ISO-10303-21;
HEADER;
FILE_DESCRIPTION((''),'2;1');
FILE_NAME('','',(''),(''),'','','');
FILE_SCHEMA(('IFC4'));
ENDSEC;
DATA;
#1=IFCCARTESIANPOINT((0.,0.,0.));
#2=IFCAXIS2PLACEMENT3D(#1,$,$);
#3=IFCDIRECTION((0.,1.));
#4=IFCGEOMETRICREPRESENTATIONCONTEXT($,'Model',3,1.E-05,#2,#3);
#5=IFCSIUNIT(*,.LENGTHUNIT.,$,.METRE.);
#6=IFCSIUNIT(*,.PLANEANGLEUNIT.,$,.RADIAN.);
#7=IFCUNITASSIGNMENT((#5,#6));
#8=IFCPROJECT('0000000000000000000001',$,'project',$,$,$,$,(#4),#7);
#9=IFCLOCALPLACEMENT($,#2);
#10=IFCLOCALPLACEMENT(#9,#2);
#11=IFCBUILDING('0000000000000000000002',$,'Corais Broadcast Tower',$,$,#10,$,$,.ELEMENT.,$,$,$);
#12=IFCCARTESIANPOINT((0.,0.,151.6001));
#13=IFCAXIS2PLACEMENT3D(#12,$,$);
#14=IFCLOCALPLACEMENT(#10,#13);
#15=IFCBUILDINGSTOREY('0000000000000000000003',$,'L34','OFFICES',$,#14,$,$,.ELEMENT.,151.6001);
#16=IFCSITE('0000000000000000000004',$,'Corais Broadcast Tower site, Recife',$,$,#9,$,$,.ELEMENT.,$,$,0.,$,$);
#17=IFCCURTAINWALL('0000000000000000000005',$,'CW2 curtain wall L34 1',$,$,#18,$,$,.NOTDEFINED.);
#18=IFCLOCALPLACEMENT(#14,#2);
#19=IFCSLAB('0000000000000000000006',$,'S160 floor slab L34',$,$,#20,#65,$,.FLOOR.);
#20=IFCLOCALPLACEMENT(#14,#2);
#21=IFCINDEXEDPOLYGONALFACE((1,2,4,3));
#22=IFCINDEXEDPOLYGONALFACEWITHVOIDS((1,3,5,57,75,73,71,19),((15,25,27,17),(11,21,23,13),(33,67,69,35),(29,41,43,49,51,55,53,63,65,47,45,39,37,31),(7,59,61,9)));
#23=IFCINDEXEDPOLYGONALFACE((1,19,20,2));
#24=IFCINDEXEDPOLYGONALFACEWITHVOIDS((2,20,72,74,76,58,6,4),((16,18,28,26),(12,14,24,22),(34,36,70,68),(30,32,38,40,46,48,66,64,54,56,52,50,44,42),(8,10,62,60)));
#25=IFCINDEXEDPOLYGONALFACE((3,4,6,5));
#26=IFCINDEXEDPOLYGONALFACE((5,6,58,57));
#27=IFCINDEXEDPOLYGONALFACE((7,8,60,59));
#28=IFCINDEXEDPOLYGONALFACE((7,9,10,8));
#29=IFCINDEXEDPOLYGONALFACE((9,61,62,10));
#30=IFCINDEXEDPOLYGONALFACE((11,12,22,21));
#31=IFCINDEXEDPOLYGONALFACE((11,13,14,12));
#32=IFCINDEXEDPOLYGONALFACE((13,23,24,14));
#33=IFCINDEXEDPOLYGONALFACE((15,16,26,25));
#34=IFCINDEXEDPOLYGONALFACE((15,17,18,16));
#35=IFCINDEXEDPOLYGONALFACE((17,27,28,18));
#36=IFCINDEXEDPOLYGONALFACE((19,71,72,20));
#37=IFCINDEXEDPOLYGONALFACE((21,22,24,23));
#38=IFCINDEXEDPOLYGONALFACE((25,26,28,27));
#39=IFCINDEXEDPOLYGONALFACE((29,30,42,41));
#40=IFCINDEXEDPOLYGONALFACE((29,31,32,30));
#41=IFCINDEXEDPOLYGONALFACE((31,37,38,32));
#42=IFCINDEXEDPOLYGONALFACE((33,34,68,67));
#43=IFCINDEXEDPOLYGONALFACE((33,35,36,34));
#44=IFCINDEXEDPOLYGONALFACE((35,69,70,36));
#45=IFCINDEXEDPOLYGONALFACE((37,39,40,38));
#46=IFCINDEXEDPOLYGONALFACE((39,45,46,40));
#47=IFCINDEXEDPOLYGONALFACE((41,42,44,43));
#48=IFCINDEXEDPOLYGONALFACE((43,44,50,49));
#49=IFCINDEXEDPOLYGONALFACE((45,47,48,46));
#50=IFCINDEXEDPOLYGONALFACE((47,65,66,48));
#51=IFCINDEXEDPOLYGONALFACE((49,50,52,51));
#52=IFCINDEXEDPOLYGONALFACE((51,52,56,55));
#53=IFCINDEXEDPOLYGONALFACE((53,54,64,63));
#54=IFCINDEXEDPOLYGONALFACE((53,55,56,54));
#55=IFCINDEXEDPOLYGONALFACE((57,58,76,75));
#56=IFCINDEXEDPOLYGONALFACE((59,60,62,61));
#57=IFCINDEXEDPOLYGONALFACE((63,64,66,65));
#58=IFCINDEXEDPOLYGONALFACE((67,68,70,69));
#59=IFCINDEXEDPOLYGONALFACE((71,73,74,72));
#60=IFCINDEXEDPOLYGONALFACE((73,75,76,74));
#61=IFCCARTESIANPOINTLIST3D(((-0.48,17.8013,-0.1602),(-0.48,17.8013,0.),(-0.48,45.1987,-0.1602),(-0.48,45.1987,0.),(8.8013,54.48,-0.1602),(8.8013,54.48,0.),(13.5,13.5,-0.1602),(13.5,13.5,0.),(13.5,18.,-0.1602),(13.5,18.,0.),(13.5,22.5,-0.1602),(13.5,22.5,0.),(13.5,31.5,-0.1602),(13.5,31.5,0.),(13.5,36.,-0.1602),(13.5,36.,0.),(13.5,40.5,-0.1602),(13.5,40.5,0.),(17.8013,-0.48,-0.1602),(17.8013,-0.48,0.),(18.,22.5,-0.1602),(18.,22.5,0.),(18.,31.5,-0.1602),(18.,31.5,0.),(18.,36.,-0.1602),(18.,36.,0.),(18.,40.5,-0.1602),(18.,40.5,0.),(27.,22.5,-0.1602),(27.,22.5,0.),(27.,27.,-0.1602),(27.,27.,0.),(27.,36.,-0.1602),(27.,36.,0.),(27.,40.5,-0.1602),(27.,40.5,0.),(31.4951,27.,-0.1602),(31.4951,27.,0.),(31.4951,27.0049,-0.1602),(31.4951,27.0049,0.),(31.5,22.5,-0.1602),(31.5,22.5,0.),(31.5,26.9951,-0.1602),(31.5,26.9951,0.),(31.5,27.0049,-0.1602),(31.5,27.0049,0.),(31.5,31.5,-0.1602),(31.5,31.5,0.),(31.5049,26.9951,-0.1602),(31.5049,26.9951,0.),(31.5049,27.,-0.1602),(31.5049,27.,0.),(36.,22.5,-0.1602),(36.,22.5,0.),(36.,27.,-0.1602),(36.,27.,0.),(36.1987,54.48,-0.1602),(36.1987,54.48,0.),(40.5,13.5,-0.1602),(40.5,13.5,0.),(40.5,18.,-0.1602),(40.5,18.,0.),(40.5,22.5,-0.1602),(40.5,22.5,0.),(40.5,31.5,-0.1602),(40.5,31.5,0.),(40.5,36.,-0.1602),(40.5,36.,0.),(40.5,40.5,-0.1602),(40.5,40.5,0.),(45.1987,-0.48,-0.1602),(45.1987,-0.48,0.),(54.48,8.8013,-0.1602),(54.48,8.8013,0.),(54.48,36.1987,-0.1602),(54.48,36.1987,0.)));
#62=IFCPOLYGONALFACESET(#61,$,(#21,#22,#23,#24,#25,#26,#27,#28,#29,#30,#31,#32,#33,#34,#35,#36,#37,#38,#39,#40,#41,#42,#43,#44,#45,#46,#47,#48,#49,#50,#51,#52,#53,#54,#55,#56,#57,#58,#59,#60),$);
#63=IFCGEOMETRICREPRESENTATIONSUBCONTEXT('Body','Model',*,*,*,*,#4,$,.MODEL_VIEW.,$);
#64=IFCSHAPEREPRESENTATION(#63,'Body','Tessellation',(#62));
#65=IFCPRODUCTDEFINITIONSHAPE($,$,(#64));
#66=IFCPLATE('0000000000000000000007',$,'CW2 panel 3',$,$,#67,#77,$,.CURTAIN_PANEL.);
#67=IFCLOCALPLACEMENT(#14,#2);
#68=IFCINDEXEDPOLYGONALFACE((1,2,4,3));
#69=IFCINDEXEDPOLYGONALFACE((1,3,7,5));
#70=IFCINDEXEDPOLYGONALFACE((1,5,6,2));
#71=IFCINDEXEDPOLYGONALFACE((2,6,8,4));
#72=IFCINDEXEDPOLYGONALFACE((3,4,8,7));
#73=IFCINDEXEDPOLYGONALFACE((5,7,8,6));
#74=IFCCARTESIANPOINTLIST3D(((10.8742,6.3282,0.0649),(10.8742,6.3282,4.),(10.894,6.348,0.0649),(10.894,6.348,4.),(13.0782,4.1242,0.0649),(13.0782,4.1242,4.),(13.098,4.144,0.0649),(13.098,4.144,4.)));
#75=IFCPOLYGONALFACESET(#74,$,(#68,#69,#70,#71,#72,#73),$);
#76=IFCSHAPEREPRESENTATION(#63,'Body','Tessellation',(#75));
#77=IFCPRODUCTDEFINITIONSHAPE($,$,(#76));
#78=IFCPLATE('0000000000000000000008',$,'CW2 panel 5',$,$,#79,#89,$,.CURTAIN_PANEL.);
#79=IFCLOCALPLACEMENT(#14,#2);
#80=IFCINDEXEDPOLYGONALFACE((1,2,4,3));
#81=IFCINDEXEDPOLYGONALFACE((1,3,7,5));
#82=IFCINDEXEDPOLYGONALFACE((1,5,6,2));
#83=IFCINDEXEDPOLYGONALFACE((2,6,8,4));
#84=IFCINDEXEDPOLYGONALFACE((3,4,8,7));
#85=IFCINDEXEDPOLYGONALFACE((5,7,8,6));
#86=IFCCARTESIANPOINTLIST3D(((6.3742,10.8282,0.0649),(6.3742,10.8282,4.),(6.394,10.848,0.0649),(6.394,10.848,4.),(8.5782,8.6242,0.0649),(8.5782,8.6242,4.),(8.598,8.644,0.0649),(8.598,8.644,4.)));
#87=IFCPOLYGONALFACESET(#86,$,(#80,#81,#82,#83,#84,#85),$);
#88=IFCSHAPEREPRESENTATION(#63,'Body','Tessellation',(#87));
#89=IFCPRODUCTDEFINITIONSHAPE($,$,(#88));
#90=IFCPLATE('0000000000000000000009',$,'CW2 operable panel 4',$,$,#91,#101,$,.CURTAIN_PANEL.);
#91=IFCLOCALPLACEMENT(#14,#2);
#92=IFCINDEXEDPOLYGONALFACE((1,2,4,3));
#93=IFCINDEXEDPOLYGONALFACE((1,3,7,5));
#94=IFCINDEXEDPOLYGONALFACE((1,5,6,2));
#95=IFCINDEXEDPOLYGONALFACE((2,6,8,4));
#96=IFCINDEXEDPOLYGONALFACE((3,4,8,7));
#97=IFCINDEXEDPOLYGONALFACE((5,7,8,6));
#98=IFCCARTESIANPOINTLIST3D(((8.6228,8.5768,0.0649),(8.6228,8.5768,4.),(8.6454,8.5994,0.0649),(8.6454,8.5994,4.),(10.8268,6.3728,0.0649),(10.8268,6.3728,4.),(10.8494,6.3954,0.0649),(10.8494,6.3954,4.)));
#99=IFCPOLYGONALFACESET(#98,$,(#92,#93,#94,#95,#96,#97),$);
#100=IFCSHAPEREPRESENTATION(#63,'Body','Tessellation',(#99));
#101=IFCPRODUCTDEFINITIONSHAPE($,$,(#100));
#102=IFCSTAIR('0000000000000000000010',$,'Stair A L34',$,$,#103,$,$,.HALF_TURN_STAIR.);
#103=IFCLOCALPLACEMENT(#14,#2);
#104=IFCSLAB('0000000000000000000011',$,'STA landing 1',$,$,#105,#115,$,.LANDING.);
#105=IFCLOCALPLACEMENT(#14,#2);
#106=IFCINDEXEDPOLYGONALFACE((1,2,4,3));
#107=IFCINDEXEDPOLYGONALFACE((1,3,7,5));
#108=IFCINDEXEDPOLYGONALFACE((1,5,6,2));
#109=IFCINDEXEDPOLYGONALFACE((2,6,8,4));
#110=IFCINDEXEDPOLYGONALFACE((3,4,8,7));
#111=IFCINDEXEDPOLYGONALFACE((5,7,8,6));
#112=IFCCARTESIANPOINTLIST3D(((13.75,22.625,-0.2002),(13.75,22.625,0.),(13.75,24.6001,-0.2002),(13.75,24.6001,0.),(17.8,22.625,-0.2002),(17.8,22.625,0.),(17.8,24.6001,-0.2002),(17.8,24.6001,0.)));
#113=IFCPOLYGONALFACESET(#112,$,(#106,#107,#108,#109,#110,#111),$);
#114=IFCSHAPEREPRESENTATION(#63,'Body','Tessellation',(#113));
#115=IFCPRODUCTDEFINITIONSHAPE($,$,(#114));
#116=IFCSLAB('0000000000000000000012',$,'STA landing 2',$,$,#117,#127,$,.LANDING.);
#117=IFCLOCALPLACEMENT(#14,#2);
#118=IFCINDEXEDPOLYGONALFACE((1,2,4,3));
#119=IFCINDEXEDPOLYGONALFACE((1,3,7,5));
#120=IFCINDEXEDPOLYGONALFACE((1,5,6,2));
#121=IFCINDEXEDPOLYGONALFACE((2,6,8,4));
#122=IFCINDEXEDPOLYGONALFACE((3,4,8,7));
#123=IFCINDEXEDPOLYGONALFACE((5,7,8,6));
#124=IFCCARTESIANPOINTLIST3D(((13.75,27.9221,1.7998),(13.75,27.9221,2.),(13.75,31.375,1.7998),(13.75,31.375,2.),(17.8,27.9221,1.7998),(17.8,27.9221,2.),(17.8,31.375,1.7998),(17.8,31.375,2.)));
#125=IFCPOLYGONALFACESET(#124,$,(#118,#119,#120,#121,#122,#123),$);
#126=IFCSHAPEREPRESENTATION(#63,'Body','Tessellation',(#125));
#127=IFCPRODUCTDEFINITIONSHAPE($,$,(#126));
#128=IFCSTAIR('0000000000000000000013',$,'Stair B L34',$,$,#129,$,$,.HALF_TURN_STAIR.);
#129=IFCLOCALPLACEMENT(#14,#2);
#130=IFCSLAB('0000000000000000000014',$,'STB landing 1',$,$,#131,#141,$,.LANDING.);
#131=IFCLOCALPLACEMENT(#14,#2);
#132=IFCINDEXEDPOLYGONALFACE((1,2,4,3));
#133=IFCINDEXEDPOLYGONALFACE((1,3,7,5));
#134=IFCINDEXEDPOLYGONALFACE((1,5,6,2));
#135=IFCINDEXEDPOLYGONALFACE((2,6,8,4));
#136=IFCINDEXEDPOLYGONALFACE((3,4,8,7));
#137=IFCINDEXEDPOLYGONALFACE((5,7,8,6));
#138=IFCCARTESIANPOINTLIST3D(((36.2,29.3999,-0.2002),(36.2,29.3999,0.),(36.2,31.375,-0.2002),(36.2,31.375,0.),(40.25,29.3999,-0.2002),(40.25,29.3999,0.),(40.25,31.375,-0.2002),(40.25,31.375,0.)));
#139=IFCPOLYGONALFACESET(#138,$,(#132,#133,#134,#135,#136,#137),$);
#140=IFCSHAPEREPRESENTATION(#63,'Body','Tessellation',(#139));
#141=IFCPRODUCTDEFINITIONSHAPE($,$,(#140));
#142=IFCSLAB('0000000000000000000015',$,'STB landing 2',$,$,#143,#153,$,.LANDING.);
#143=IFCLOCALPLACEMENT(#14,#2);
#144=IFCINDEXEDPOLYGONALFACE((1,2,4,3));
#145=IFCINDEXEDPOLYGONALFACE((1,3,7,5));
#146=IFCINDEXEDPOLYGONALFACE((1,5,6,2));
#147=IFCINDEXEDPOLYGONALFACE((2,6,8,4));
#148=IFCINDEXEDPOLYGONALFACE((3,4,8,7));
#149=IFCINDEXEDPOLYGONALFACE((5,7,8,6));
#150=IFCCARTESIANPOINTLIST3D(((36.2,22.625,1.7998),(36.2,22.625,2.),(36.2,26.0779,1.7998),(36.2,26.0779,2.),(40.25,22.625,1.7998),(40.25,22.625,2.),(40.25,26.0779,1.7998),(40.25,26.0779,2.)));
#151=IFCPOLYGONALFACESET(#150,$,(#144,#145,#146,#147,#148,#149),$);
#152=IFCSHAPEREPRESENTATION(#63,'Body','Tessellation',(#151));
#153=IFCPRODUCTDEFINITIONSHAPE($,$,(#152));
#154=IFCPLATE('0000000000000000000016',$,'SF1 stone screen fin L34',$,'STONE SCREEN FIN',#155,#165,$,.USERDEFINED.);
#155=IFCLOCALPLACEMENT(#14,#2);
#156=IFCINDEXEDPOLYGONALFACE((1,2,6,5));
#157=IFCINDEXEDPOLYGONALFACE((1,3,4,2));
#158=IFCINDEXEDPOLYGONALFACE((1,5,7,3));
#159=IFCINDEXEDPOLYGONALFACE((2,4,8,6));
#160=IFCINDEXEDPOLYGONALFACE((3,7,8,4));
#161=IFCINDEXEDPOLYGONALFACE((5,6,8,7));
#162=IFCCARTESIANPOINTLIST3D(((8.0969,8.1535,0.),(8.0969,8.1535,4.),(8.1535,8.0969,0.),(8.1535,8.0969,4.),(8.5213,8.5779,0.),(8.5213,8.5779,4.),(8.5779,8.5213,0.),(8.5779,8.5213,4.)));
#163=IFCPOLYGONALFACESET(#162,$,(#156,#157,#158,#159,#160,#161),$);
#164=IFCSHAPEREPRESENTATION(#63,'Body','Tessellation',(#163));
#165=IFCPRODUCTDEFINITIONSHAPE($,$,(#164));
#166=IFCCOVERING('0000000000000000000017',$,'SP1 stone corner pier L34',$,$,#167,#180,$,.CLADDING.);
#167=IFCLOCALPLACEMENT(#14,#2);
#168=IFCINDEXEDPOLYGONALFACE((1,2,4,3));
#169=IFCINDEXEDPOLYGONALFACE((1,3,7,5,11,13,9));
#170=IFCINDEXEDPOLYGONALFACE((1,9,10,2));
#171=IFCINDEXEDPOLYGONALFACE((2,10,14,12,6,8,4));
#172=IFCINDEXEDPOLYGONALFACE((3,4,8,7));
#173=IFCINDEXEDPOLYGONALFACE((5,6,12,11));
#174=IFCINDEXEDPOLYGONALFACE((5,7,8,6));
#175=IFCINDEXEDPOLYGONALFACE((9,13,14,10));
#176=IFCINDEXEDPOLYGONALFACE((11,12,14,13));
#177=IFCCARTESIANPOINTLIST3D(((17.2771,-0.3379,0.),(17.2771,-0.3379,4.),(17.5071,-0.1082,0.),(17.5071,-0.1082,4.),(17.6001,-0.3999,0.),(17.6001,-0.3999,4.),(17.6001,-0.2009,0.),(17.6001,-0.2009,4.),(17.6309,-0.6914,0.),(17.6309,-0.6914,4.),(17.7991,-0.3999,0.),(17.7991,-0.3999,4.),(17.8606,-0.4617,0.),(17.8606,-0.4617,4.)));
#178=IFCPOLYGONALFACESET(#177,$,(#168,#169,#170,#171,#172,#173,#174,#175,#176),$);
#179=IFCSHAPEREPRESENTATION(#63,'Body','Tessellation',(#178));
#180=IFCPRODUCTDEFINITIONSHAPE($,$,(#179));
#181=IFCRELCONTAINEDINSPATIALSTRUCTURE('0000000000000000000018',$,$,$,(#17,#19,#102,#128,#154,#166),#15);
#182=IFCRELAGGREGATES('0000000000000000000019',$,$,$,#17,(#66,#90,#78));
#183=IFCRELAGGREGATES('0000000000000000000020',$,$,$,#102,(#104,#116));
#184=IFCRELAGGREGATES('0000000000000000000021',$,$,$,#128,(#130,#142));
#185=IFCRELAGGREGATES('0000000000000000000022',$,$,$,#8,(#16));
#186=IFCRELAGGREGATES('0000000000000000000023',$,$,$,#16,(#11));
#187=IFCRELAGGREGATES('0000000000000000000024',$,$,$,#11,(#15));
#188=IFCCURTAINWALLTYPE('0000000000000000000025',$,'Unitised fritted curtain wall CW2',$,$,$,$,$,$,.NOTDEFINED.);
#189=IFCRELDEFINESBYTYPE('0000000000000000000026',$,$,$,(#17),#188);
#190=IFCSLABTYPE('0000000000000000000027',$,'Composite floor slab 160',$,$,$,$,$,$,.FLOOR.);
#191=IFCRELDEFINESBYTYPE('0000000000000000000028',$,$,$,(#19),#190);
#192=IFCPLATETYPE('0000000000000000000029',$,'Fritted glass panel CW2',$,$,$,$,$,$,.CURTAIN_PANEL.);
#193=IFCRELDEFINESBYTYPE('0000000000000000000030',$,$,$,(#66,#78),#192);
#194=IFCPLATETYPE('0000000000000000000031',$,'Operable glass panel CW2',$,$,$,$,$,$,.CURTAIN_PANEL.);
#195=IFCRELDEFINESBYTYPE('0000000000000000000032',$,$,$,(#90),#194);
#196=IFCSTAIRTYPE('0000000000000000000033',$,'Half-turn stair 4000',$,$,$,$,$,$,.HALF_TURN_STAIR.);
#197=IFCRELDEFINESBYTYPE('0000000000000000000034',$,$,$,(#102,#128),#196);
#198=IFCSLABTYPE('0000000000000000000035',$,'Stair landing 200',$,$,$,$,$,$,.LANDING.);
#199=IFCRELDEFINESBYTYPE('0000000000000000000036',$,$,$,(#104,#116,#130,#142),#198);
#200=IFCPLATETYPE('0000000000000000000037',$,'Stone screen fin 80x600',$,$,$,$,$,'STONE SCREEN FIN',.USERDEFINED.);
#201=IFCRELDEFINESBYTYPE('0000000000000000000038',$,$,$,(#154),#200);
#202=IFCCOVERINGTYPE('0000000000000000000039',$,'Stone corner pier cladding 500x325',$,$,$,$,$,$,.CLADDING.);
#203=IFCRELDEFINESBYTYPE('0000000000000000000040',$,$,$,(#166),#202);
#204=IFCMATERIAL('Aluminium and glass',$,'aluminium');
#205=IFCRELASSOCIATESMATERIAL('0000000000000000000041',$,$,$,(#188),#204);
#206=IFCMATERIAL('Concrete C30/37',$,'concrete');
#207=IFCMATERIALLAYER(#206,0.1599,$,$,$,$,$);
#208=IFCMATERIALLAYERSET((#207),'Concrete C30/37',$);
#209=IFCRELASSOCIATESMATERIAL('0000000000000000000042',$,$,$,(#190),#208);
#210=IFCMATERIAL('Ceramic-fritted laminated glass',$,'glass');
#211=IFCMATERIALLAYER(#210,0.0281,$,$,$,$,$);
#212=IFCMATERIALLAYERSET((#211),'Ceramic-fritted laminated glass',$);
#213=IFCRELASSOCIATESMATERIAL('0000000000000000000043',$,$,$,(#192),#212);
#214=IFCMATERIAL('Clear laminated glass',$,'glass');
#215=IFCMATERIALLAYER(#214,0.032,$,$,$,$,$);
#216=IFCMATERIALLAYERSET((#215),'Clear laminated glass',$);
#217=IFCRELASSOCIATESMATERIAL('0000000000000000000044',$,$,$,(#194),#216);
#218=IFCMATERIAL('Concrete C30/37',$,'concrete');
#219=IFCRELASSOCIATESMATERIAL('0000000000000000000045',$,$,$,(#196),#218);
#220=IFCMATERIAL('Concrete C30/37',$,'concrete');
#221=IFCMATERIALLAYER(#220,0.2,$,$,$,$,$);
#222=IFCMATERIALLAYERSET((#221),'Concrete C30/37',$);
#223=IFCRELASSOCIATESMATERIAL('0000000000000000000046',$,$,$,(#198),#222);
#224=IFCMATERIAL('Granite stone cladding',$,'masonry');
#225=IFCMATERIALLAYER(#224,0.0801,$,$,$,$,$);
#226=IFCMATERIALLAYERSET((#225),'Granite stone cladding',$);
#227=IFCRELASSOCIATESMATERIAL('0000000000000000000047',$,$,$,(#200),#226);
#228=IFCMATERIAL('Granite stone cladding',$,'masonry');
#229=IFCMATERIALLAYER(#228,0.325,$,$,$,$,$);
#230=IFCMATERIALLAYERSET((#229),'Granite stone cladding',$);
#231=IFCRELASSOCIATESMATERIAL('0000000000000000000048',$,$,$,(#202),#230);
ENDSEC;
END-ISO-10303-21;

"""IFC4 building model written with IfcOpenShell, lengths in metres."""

from ifc_helpers import new_model, si_unit, direction, frame, origin, origin_2d, place, context, subcontext, project, spatial, polyline, rectangle, outline, extrude, material, layer, layer_set, type_object, element, aggregate, save


model = new_model("IFC4")

# Units and contexts
model_context = context("Model", 3, precision=1e-05, world=origin(), true_north=direction((0.0, 1.0)))
body_context = subcontext(model_context, "Body", "Model", "MODEL_VIEW")
ifc_project = project(units=[si_unit("LENGTHUNIT", "METRE"), si_unit("PLANEANGLEUNIT", "RADIAN")], contexts=[model_context])

# Site, building, storey
site_placement = place(None, origin())
site = spatial("IfcSite", under=ifc_project, at=site_placement, Name="Corais Broadcast Tower site, Recife", CompositionType="ELEMENT", RefElevation=0.0)
building_placement = place(site_placement, origin())
building = spatial("IfcBuilding", under=site, at=building_placement, Name="Corais Broadcast Tower", CompositionType="ELEMENT")
storey_placement = place(building_placement, frame((0.0, 0.0, 151.6001)))
storey = spatial("IfcBuildingStorey", under=building, at=storey_placement, Name="L34", Description="OFFICES", CompositionType="ELEMENT", Elevation=151.6001)

# Curtain wall
ifc_material_1 = material(Name="Aluminium and glass", Category="aluminium")
curtain_wall_type = type_object("IfcCurtainWallType", Name="Unitised fritted curtain wall CW2", PredefinedType="NOTDEFINED", material=ifc_material_1)
curtain_wall_placement = place(storey_placement, origin())
curtain_wall = element("IfcCurtainWall", 1, at=curtain_wall_placement, inside=storey, type_object=curtain_wall_type, Name="CW2 curtain wall L34 1", PredefinedType="NOTDEFINED")

# Slab
ifc_material_2 = material(Name="Concrete C30/37", Category="concrete")
ifc_layer_1 = layer(ifc_material_2, 0.1599)
ifc_layer_set_1 = layer_set([ifc_layer_1], Name="Concrete C30/37")
slab_type_1 = type_object("IfcSlabType", Name="Composite floor slab 160", PredefinedType="FLOOR", material=ifc_layer_set_1)
slab_1_placement = place(storey_placement, frame((0.0, 0.0, -0.1602)))
element("IfcSlab", 2, at=slab_1_placement, inside=storey, type_object=slab_type_1, Name="S160 floor slab L34", PredefinedType="FLOOR", context=body_context, shape_type="SweptSolid", body=[
    extrude(outline(polyline([(17.8013, -0.48), (-0.48, 17.8013), (-0.48, 45.1987), (8.8013, 54.48), (36.1987, 54.48), (54.48, 36.1987), (54.48, 8.8013), (45.1987, -0.48), (17.8013, -0.48)]), holes=[polyline([(13.5, 18.0), (40.5, 18.0), (40.5, 13.5), (13.5, 13.5), (13.5, 18.0)]), polyline([(18.0, 22.5), (13.5, 22.5), (13.5, 31.5), (18.0, 31.5), (18.0, 22.5)]), polyline([(18.0, 36.0), (13.5, 36.0), (13.5, 40.5), (18.0, 40.5), (18.0, 36.0)]), polyline([(31.5, 22.5), (27.0, 22.5), (27.0, 27.0), (31.4951, 27.0), (31.4951, 27.0049), (31.5, 27.0049), (31.5, 31.5), (40.5, 31.5), (40.5, 22.5), (36.0, 22.5), (36.0, 27.0), (31.5049, 27.0), (31.5049, 26.9951), (31.5, 26.9951), (31.5, 22.5)]), polyline([(27.0, 40.5), (40.5, 40.5), (40.5, 36.0), (27.0, 36.0), (27.0, 40.5)])]), origin(), (0.0, 0.0, 1.0), 0.1602),
])

# Plates
ifc_material_3 = material(Name="Ceramic-fritted laminated glass", Category="glass")
ifc_layer_2 = layer(ifc_material_3, 0.0281)
ifc_layer_set_2 = layer_set([ifc_layer_2], Name="Ceramic-fritted laminated glass")
plate_type_1 = type_object("IfcPlateType", Name="Fritted glass panel CW2", PredefinedType="CURTAIN_PANEL", material=ifc_layer_set_2)
plate_1_placement = place(storey_placement, frame((11.9861, 5.2361, 0.0649), z_axis=(0.0, 0.0, 1.0), x_axis=(-0.707107, 0.707107, 0.0)))
plate_1 = element("IfcPlate", 3, at=plate_1_placement, type_object=plate_type_1, Name="CW2 panel 3", PredefinedType="CURTAIN_PANEL", context=body_context, shape_type="SweptSolid", body=[
    extrude(rectangle(XDim=3.1169, YDim=0.0281, at=origin_2d()), origin(), (0.0, 0.0, 1.0), 3.9351),
])
plate_2_placement = place(storey_placement, frame((7.4861, 9.7361, 0.0649), z_axis=(0.0, 0.0, 1.0), x_axis=(-0.707107, 0.707107, 0.0)))
plate_2 = element("IfcPlate", 4, at=plate_2_placement, type_object=plate_type_1, Name="CW2 panel 5", PredefinedType="CURTAIN_PANEL", context=body_context, shape_type="SweptSolid", body=[
    extrude(rectangle(XDim=3.1169, YDim=0.0281, at=origin_2d()), origin(), (0.0, 0.0, 1.0), 3.9351),
])
ifc_material_4 = material(Name="Clear laminated glass", Category="glass")
ifc_layer_3 = layer(ifc_material_4, 0.032)
ifc_layer_set_3 = layer_set([ifc_layer_3], Name="Clear laminated glass")
plate_type_2 = type_object("IfcPlateType", Name="Operable glass panel CW2", PredefinedType="CURTAIN_PANEL", material=ifc_layer_set_3)
plate_3_placement = place(storey_placement, frame((9.7361, 7.4861, 0.0649), z_axis=(0.0, 0.0, 1.0), x_axis=(-0.707107, 0.707107, 0.0)))
plate_3 = element("IfcPlate", 5, at=plate_3_placement, type_object=plate_type_2, Name="CW2 operable panel 4", PredefinedType="CURTAIN_PANEL", context=body_context, shape_type="SweptSolid", body=[
    extrude(rectangle(XDim=3.1169, YDim=0.032, at=origin_2d()), origin(), (0.0, 0.0, 1.0), 3.9351),
])
aggregate(curtain_wall, [plate_1, plate_3, plate_2])

# Stairs, slabs
ifc_material_5 = material(Name="Concrete C30/37", Category="concrete")
stair_type = type_object("IfcStairType", Name="Half-turn stair 4000", PredefinedType="HALF_TURN_STAIR", material=ifc_material_5)
stair_1_placement = place(storey_placement, origin())
stair_1 = element("IfcStair", 6, at=stair_1_placement, inside=storey, type_object=stair_type, Name="Stair A L34", PredefinedType="HALF_TURN_STAIR")
ifc_material_6 = material(Name="Concrete C30/37", Category="concrete")
ifc_layer_4 = layer(ifc_material_6, 0.2)
ifc_layer_set_4 = layer_set([ifc_layer_4], Name="Concrete C30/37")
slab_type_2 = type_object("IfcSlabType", Name="Stair landing 200", PredefinedType="LANDING", material=ifc_layer_set_4)
slab_2_placement = place(storey_placement, frame((0.0, 0.0, -0.2002)))
slab_2 = element("IfcSlab", 7, at=slab_2_placement, type_object=slab_type_2, Name="STA landing 1", PredefinedType="LANDING", context=body_context, shape_type="SweptSolid", body=[
    extrude(outline(polyline([(13.75, 22.625), (17.8, 22.625), (17.8, 24.6001), (13.75, 24.6001), (13.75, 22.625)])), origin(), (0.0, 0.0, 1.0), 0.2002),
])
slab_3_placement = place(storey_placement, frame((0.0, 0.0, 1.7998)))
slab_3 = element("IfcSlab", 8, at=slab_3_placement, type_object=slab_type_2, Name="STA landing 2", PredefinedType="LANDING", context=body_context, shape_type="SweptSolid", body=[
    extrude(outline(polyline([(13.75, 27.9221), (17.8, 27.9221), (17.8, 31.375), (13.75, 31.375), (13.75, 27.9221)])), origin(), (0.0, 0.0, 1.0), 0.2002),
])
aggregate(stair_1, [slab_2, slab_3])
stair_2_placement = place(storey_placement, origin())
stair_2 = element("IfcStair", 9, at=stair_2_placement, inside=storey, type_object=stair_type, Name="Stair B L34", PredefinedType="HALF_TURN_STAIR")
slab_4_placement = place(storey_placement, frame((0.0, 0.0, -0.2002)))
slab_4 = element("IfcSlab", 10, at=slab_4_placement, type_object=slab_type_2, Name="STB landing 1", PredefinedType="LANDING", context=body_context, shape_type="SweptSolid", body=[
    extrude(outline(polyline([(36.2, 29.3999), (40.25, 29.3999), (40.25, 31.375), (36.2, 31.375), (36.2, 29.3999)])), origin(), (0.0, 0.0, 1.0), 0.2002),
])
slab_5_placement = place(storey_placement, frame((0.0, 0.0, 1.7998)))
slab_5 = element("IfcSlab", 11, at=slab_5_placement, type_object=slab_type_2, Name="STB landing 2", PredefinedType="LANDING", context=body_context, shape_type="SweptSolid", body=[
    extrude(outline(polyline([(36.2, 22.625), (40.25, 22.625), (40.25, 26.0779), (36.2, 26.0779), (36.2, 22.625)])), origin(), (0.0, 0.0, 1.0), 0.2002),
])
aggregate(stair_2, [slab_4, slab_5])

# Plate
ifc_material_7 = material(Name="Granite stone cladding", Category="masonry")
ifc_layer_5 = layer(ifc_material_7, 0.0801)
ifc_layer_set_5 = layer_set([ifc_layer_5], Name="Granite stone cladding")
plate_type_3 = type_object("IfcPlateType", Name="Stone screen fin 80x600", ElementType="STONE SCREEN FIN", PredefinedType="USERDEFINED", material=ifc_layer_set_5)
plate_4_placement = place(storey_placement, frame((8.3374, 8.3374, 0.0), z_axis=(0.0, 0.0, 1.0), x_axis=(-0.707107, 0.707107, 0.0)))
element("IfcPlate", 12, at=plate_4_placement, inside=storey, type_object=plate_type_3, Name="SF1 stone screen fin L34", ObjectType="STONE SCREEN FIN", PredefinedType="USERDEFINED", context=body_context, shape_type="SweptSolid", body=[
    extrude(rectangle(XDim=0.0801, YDim=0.6001, at=origin_2d()), origin(), (0.0, 0.0, 1.0), 4.0),
])

# Covering
ifc_material_8 = material(Name="Granite stone cladding", Category="masonry")
ifc_layer_6 = layer(ifc_material_8, 0.325)
ifc_layer_set_6 = layer_set([ifc_layer_6], Name="Granite stone cladding")
covering_type_1 = type_object("IfcCoveringType", Name="Stone corner pier cladding 500x325", PredefinedType="CLADDING", material=ifc_layer_set_6)
covering_1_placement = place(storey_placement, origin())
element("IfcCovering", 13, at=covering_1_placement, inside=storey, type_object=covering_type_1, Name="SP1 stone corner pier L34", PredefinedType="CLADDING", context=body_context, shape_type="SweptSolid", body=[
    extrude(outline(polyline([(17.8606, -0.4617), (17.7991, -0.3999), (17.6001, -0.3999), (17.6001, -0.2009), (17.5071, -0.1082), (17.2771, -0.3379), (17.6309, -0.6914), (17.8606, -0.4617)])), origin(), (0.0, 0.0, 1.0), 4.0),
])

save(model, "model.ifc")
